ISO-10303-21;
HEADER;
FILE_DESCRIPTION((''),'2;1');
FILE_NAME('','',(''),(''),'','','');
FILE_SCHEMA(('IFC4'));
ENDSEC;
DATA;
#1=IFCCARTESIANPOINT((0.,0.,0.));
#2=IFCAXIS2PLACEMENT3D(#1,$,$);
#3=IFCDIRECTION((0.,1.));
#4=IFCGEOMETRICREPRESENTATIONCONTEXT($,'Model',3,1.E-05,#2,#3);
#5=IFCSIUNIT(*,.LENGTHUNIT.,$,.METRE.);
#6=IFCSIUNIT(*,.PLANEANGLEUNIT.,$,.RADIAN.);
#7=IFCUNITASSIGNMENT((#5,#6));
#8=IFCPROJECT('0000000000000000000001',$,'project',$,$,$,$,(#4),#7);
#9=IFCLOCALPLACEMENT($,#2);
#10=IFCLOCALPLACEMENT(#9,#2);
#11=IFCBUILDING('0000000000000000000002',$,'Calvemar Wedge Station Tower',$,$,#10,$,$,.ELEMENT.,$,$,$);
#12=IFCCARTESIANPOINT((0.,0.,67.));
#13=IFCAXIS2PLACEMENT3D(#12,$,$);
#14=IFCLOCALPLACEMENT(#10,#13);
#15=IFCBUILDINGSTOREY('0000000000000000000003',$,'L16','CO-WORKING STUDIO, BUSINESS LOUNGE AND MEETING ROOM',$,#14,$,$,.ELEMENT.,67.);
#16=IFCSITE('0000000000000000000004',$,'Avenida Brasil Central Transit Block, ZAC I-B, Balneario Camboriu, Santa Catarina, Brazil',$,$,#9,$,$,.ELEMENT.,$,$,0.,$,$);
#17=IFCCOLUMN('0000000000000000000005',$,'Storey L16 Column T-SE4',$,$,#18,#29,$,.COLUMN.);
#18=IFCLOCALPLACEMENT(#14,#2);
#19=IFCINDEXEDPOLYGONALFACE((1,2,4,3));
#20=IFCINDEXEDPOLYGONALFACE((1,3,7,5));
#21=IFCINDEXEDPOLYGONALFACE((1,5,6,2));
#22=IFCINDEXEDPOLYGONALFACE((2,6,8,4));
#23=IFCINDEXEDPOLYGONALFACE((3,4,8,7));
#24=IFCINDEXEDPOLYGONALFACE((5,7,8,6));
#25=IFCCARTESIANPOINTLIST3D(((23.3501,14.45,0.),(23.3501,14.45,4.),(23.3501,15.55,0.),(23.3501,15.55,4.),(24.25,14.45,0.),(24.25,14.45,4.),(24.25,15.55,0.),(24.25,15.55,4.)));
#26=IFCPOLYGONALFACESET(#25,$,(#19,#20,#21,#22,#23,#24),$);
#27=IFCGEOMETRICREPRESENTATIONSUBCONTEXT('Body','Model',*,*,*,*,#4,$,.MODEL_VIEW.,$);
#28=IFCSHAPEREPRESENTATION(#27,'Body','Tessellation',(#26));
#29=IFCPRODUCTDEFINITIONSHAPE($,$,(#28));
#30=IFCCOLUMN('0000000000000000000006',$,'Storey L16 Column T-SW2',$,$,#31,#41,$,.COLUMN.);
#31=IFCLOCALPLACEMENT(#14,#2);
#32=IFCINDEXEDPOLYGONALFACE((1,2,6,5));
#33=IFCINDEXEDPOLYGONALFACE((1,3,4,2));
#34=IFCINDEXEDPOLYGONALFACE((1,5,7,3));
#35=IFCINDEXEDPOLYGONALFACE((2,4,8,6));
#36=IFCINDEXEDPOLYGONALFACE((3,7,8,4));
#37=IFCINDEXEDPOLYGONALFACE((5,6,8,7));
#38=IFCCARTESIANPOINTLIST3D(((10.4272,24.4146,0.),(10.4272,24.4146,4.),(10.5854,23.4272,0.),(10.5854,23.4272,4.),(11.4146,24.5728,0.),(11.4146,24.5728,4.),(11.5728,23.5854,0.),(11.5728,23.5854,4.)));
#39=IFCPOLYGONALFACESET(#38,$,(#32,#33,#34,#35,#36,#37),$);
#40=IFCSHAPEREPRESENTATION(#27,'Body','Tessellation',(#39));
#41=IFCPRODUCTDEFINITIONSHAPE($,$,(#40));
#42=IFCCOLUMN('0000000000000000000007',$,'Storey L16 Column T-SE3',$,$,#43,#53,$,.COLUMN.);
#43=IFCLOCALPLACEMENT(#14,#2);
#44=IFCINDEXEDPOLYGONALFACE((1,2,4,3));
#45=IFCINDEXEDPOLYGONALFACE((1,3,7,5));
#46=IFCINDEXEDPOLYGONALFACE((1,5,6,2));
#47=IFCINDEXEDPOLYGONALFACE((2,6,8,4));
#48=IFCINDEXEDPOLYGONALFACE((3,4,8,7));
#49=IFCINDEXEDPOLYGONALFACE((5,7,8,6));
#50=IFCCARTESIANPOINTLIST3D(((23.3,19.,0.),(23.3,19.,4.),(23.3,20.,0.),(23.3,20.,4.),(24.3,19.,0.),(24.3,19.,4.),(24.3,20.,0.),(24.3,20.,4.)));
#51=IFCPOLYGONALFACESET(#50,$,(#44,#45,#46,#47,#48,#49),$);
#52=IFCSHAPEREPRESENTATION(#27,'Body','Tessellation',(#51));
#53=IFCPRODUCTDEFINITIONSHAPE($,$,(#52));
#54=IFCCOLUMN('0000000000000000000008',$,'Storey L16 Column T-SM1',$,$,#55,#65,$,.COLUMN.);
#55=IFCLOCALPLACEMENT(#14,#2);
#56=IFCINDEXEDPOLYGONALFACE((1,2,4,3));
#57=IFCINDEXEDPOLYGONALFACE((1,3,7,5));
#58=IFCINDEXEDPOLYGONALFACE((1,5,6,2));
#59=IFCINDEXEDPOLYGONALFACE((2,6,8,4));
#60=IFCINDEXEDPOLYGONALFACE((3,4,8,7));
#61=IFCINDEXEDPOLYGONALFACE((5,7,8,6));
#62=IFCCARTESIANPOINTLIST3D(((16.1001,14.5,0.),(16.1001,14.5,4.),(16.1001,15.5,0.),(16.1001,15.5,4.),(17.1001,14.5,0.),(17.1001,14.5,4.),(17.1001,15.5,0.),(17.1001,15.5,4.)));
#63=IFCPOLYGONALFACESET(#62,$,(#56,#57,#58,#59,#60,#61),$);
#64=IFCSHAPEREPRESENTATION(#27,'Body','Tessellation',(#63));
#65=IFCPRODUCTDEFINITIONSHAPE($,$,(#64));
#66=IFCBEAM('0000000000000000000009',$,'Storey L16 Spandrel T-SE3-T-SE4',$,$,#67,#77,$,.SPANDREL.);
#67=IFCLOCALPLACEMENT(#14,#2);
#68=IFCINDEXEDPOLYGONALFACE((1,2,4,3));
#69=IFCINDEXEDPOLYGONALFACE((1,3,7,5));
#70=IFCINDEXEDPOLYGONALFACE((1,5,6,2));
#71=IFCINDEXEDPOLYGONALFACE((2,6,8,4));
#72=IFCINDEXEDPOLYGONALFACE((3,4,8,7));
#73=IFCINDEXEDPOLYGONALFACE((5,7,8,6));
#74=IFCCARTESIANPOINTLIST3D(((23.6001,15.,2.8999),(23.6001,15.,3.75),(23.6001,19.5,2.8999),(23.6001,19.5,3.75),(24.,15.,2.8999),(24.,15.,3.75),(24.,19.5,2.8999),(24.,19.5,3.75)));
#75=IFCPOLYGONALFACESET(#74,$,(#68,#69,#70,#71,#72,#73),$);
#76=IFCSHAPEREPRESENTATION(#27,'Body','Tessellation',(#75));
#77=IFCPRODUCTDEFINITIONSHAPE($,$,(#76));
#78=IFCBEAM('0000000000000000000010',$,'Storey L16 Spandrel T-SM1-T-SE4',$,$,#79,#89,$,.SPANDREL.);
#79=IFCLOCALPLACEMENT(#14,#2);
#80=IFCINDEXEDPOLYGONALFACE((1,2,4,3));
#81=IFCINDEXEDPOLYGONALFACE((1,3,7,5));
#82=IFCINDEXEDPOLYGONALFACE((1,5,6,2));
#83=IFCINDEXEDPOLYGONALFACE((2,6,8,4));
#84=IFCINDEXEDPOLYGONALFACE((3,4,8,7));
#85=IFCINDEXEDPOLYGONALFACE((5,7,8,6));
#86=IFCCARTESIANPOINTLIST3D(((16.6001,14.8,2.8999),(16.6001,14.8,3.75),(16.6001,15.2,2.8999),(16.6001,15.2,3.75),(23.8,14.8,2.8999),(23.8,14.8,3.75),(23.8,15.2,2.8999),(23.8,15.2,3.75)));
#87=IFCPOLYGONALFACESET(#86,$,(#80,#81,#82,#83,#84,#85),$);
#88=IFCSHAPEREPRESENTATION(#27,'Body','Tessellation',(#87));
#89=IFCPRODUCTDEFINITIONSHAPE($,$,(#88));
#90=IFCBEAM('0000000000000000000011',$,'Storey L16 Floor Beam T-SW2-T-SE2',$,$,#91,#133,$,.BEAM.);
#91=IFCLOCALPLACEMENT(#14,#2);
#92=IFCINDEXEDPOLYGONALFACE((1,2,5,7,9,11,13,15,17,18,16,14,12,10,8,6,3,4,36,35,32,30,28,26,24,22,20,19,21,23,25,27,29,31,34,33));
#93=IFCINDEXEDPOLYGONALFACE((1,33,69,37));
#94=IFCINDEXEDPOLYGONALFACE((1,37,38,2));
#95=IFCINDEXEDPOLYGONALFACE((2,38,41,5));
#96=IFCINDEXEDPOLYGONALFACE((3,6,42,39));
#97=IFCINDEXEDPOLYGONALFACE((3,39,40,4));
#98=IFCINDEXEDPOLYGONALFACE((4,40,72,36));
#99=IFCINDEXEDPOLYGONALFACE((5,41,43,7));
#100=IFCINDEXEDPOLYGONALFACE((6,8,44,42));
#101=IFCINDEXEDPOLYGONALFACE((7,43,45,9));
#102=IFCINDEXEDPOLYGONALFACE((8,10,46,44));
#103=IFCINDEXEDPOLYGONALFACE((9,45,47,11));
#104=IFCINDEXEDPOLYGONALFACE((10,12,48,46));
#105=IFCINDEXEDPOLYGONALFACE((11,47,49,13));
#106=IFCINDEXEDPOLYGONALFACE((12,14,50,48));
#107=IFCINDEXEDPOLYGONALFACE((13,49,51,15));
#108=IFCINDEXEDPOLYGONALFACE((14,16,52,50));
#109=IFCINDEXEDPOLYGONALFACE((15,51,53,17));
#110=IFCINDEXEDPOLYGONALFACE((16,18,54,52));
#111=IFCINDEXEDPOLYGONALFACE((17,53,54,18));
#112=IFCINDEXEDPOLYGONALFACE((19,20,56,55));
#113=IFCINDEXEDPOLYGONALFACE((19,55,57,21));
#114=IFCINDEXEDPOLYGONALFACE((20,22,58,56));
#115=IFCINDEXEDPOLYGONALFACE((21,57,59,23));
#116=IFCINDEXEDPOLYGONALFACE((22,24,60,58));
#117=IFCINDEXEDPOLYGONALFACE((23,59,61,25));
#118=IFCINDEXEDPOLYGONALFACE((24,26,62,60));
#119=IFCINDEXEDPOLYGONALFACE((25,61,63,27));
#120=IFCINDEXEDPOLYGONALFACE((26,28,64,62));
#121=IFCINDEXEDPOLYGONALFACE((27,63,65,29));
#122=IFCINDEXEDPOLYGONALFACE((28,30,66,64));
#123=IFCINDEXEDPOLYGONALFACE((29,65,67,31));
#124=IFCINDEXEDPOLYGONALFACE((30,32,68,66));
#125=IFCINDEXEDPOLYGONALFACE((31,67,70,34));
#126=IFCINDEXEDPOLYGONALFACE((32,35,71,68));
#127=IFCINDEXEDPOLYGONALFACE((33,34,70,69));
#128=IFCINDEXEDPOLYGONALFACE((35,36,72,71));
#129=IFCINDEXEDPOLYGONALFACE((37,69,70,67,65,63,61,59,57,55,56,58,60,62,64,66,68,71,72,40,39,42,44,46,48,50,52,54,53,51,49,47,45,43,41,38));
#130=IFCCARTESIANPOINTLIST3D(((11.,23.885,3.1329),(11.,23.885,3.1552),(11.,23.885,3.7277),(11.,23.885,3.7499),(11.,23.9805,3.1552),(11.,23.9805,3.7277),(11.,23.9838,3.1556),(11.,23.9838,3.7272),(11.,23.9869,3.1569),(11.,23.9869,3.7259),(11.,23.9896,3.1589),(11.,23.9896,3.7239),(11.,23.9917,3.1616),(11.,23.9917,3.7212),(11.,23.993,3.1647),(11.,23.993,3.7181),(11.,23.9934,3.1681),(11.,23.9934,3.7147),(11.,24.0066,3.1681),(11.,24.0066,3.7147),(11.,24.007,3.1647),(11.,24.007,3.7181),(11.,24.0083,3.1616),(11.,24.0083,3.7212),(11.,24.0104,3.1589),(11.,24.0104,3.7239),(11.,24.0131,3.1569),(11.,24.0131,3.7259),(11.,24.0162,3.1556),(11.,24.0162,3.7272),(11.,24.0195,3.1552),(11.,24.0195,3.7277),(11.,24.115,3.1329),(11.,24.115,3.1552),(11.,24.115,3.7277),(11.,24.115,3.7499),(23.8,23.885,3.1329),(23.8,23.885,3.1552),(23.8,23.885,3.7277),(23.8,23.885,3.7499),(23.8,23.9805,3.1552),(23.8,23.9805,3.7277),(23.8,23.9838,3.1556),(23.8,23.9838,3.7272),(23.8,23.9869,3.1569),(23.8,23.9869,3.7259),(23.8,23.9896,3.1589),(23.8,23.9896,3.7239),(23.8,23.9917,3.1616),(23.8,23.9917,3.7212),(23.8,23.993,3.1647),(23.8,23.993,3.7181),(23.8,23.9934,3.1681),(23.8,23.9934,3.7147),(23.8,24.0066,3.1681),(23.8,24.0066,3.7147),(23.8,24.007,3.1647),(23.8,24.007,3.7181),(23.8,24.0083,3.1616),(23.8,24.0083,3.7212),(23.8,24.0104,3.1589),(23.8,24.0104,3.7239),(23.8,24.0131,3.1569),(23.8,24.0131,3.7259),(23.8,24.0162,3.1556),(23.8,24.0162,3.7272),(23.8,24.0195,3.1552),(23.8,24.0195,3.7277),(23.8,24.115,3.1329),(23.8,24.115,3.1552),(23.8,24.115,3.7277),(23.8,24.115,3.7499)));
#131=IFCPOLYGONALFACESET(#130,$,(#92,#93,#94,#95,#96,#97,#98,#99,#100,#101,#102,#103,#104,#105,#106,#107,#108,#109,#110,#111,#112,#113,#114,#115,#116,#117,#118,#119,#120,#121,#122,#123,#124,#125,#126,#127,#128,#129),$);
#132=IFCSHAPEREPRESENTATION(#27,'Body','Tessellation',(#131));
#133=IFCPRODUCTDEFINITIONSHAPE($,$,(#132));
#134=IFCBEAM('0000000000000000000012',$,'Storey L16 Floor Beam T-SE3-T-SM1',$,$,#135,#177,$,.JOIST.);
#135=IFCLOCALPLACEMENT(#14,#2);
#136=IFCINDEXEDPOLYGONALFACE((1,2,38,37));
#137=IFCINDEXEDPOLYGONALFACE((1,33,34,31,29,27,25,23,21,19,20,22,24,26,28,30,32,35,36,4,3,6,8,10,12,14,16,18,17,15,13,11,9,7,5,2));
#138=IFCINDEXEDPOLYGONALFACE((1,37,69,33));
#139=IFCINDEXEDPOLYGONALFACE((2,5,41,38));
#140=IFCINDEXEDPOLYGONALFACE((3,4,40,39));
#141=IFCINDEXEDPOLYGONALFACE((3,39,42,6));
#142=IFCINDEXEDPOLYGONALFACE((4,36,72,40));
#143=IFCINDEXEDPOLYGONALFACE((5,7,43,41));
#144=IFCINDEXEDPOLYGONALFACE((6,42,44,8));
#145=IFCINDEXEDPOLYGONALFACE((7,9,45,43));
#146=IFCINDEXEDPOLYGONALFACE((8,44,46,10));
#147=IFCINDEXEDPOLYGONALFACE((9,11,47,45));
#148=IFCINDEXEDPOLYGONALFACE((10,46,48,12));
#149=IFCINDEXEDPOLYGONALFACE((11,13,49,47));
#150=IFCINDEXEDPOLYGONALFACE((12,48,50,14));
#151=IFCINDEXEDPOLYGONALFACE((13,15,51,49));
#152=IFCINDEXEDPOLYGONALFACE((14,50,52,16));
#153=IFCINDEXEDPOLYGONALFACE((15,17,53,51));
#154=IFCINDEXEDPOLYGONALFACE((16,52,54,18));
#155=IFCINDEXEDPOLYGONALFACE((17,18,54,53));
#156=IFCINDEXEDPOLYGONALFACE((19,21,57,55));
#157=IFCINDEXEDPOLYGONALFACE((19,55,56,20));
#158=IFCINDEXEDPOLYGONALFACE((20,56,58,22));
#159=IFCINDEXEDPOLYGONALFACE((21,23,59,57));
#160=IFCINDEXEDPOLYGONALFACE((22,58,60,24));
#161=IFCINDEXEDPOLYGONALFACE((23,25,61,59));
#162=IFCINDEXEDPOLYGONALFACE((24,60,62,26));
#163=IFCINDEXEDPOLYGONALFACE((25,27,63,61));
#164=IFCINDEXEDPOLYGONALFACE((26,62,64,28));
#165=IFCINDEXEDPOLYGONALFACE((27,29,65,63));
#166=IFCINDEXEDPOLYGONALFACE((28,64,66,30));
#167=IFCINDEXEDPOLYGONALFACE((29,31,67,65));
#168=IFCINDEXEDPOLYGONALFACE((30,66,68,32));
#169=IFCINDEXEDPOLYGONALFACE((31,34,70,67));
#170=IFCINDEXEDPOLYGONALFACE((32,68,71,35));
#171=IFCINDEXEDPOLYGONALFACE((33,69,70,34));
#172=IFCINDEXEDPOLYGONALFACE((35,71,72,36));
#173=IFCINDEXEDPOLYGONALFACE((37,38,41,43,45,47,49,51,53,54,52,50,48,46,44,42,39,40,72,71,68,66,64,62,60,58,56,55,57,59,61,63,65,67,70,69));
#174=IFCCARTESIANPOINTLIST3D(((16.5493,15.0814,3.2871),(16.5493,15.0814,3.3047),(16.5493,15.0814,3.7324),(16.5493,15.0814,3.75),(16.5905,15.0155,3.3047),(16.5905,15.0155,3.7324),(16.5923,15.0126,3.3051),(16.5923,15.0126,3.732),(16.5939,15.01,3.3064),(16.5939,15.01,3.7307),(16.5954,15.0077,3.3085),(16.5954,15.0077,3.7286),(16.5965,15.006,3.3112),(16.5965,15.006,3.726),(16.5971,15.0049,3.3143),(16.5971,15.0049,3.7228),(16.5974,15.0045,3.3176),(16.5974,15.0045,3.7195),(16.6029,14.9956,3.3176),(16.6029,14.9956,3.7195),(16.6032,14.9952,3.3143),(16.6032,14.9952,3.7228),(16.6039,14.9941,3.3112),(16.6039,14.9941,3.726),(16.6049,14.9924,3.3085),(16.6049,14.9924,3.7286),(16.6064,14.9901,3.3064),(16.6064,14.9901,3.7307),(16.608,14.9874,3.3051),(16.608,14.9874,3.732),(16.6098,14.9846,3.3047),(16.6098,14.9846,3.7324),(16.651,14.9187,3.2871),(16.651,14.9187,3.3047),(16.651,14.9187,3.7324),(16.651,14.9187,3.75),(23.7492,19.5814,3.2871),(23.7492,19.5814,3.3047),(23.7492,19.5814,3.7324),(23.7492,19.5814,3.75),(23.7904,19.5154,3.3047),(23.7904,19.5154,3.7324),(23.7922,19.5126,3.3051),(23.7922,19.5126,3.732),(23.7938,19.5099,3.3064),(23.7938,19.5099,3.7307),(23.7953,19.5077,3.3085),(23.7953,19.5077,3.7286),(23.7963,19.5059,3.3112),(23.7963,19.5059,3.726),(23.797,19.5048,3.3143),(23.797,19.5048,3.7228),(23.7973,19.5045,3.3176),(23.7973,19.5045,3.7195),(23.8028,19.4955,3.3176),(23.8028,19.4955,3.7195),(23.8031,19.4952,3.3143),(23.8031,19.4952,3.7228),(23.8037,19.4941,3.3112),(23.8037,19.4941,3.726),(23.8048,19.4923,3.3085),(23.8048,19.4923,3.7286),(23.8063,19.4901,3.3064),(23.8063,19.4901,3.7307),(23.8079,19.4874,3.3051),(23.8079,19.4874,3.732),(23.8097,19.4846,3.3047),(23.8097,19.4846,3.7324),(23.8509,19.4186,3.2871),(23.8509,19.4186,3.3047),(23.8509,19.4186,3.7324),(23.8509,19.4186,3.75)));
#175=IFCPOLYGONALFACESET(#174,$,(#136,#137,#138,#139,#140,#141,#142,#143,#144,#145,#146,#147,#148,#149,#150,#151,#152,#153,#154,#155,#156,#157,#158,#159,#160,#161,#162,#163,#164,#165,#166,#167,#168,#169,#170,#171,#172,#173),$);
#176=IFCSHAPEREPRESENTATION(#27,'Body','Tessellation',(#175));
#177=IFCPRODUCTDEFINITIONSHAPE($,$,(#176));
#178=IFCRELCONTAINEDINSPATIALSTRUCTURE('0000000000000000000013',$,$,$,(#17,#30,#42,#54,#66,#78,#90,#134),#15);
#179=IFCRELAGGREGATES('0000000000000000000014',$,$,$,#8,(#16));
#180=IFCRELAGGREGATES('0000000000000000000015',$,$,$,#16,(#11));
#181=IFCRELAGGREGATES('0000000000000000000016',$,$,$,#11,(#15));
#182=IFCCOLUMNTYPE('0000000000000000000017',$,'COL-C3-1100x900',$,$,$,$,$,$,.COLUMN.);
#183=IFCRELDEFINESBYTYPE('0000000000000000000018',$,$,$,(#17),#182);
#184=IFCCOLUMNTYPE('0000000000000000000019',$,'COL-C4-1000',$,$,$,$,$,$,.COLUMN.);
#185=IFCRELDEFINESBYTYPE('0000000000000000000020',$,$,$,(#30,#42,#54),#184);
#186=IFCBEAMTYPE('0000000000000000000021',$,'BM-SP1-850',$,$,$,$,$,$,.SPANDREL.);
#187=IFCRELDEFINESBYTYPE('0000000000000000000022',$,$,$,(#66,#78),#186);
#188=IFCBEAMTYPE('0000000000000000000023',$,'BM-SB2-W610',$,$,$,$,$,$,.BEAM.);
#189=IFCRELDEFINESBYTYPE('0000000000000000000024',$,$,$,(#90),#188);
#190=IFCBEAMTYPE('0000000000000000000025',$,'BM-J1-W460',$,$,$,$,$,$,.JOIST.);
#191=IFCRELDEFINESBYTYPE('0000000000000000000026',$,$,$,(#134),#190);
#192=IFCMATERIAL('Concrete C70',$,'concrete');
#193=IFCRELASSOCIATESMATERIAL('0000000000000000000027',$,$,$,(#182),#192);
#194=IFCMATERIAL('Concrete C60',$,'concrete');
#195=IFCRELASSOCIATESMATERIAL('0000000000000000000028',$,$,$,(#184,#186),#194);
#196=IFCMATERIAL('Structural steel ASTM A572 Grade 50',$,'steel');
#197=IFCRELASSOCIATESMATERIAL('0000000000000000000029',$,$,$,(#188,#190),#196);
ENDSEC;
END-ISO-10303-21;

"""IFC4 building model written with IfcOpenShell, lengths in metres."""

from ifc_helpers import new_model, si_unit, direction, frame, origin, origin_2d, place, context, subcontext, project, spatial, rectangle, i_section, extrude, source, transform, mapped, material, material_profile, profile_set, type_object, element, save


model = new_model("IFC4")

# Units and contexts
model_context = context("Model", 3, precision=1e-05, world=origin(), true_north=direction((0.0, 1.0)))
body_context = subcontext(model_context, "Body", "Model", "MODEL_VIEW")
ifc_project = project(units=[si_unit("LENGTHUNIT", "METRE"), si_unit("PLANEANGLEUNIT", "RADIAN")], contexts=[model_context])

# Site, building, storey
site_placement = place(None, origin())
site = spatial("IfcSite", under=ifc_project, at=site_placement, Name="Avenida Brasil Central Transit Block, ZAC I-B, Balneario Camboriu, Santa Catarina, Brazil", CompositionType="ELEMENT", RefElevation=0.0)
building_placement = place(site_placement, origin())
building = spatial("IfcBuilding", under=site, at=building_placement, Name="Calvemar Wedge Station Tower", CompositionType="ELEMENT")
storey_placement = place(building_placement, frame((0.0, 0.0, 67.0)))
storey = spatial("IfcBuildingStorey", under=building, at=storey_placement, Name="L16", Description="CO-WORKING STUDIO, BUSINESS LOUNGE AND MEETING ROOM", CompositionType="ELEMENT", Elevation=67.0)

# Columns
ifc_material_1 = material(Name="Concrete C70", Category="concrete")
ifc_material_profile_1 = material_profile(ifc_material_1, rectangle(XDim=0.8999, YDim=1.1001, at=origin_2d()), Name="RC1100x900")
ifc_profile_set_1 = profile_set([ifc_material_profile_1], Name="Concrete C70")
column_type_1 = type_object("IfcColumnType", Name="COL-C3-1100x900", PredefinedType="COLUMN", material=ifc_profile_set_1)
shared_shape_1 = source(origin(), body_context, "Body", "SweptSolid", [
    extrude(rectangle(XDim=0.8999, YDim=1.1001, at=origin_2d()), origin(), (0.0, 0.0, 1.0), 4.0),
])
column_placement = place(storey_placement, frame((23.8, 15.0, 0.0), z_axis=(0.0, 0.0, 1.0), x_axis=(1.0, 0.0, 0.0)))
element("IfcColumn", 1, at=column_placement, inside=storey, type_object=column_type_1, Name="Storey L16 Column T-SE4", PredefinedType="COLUMN", context=body_context, shape_type="MappedRepresentation", body=[
    mapped(shared_shape_1, transform((0.0, 0.0, 0.0), scale=1.0)),
])
ifc_material_2 = material(Name="Concrete C60", Category="concrete")
ifc_material_profile_2 = material_profile(ifc_material_2, rectangle(XDim=1.0, YDim=1.0, at=origin_2d()), Name="RC1000x1000")
ifc_profile_set_2 = profile_set([ifc_material_profile_2], Name="Concrete C60")
column_type_2 = type_object("IfcColumnType", Name="COL-C4-1000", PredefinedType="COLUMN", material=ifc_profile_set_2)
shared_shape_2 = source(origin(), body_context, "Body", "SweptSolid", [
    extrude(rectangle(XDim=1.0, YDim=1.0, at=origin_2d()), origin(), (0.0, 0.0, 1.0), 4.0),
])
for number, where, z_axis, x_axis, name in (
    (2, (11.0, 24.0, 0.0), (0.0, 0.0, 1.0), (0.158158, -0.987414, 0.0), "Storey L16 Column T-SW2"),
    (3, (23.8, 19.5, 0.0), (0.0, 0.0, 1.0), (1.0, 0.0, 0.0), "Storey L16 Column T-SE3"),
    (4, (16.6001, 15.0, 0.0), (0.0, 0.0, 1.0), (1.0, 0.0, 0.0), "Storey L16 Column T-SM1"),
):
    element("IfcColumn", number, at=place(storey_placement, frame(where, z_axis=z_axis, x_axis=x_axis)), inside=storey, type_object=column_type_2, Name=name, PredefinedType="COLUMN", context=body_context, shape_type="MappedRepresentation", body=[
        mapped(shared_shape_2, transform((0.0, 0.0, 0.0), scale=1.0)),
    ])

# Beams
ifc_material_profile_3 = material_profile(ifc_material_2, rectangle(XDim=0.3999, YDim=0.8501, at=origin_2d()), Name="RC400x850")
ifc_profile_set_3 = profile_set([ifc_material_profile_3], Name="Concrete C60")
beam_type_1 = type_object("IfcBeamType", Name="BM-SP1-850", PredefinedType="SPANDREL", material=ifc_profile_set_3)
shared_shape_3 = source(origin(), body_context, "Body", "SweptSolid", [
    extrude(rectangle(XDim=0.3999, YDim=0.8501, at=origin_2d()), origin(), (0.0, 0.0, 1.0), 4.5),
])
beam_1_placement = place(storey_placement, frame((23.8, 19.5, 3.325), z_axis=(0.0, -1.0, 0.0), x_axis=(1.0, 0.0, 0.0)))
element("IfcBeam", 5, at=beam_1_placement, inside=storey, type_object=beam_type_1, Name="Storey L16 Spandrel T-SE3-T-SE4", PredefinedType="SPANDREL", context=body_context, shape_type="MappedRepresentation", body=[
    mapped(shared_shape_3, transform((0.0, 0.0, 0.0), scale=1.0)),
])
shared_shape_4 = source(origin(), body_context, "Body", "SweptSolid", [
    extrude(rectangle(XDim=0.3999, YDim=0.8501, at=origin_2d()), origin(), (0.0, 0.0, 1.0), 7.2),
])
beam_2_placement = place(storey_placement, frame((16.6001, 15.0, 3.325), z_axis=(1.0, 0.0, 0.0), x_axis=(0.0, 1.0, 0.0)))
element("IfcBeam", 6, at=beam_2_placement, inside=storey, type_object=beam_type_1, Name="Storey L16 Spandrel T-SM1-T-SE4", PredefinedType="SPANDREL", context=body_context, shape_type="MappedRepresentation", body=[
    mapped(shared_shape_4, transform((0.0, 0.0, 0.0), scale=1.0)),
])
ifc_material_3 = material(Name="Structural steel ASTM A572 Grade 50", Category="steel")
ifc_material_profile_4 = material_profile(ifc_material_3, i_section(OverallWidth=0.23, OverallDepth=0.6169, WebThickness=0.0132, FlangeThickness=0.0222, FilletRadius=0.0129, at=origin_2d()), Name="W610x140")
ifc_profile_set_4 = profile_set([ifc_material_profile_4], Name="Structural steel ASTM A572 Grade 50")
beam_type_2 = type_object("IfcBeamType", Name="BM-SB2-W610", PredefinedType="BEAM", material=ifc_profile_set_4)
shared_shape_5 = source(origin(), body_context, "Body", "SweptSolid", [
    extrude(i_section(OverallWidth=0.23, OverallDepth=0.6169, WebThickness=0.0132, FlangeThickness=0.0222, FilletRadius=0.0129, at=origin_2d()), origin(), (0.0, 0.0, 1.0), 12.8),
])
beam_3_placement = place(storey_placement, frame((11.0, 24.0, 3.4414), z_axis=(1.0, 0.0, 0.0), x_axis=(0.0, 1.0, 0.0)))
element("IfcBeam", 7, at=beam_3_placement, inside=storey, type_object=beam_type_2, Name="Storey L16 Floor Beam T-SW2-T-SE2", PredefinedType="BEAM", context=body_context, shape_type="MappedRepresentation", body=[
    mapped(shared_shape_5, transform((0.0, 0.0, 0.0), scale=1.0)),
])
ifc_material_profile_5 = material_profile(ifc_material_3, i_section(OverallWidth=0.1919, OverallDepth=0.4629, WebThickness=0.0105, FlangeThickness=0.0176, FilletRadius=0.0129, at=origin_2d()), Name="W460x89")
ifc_profile_set_5 = profile_set([ifc_material_profile_5], Name="Structural steel ASTM A572 Grade 50")
beam_type_3 = type_object("IfcBeamType", Name="BM-J1-W460", PredefinedType="JOIST", material=ifc_profile_set_5)
shared_shape_6 = source(origin(), body_context, "Body", "SweptSolid", [
    extrude(i_section(OverallWidth=0.1919, OverallDepth=0.4629, WebThickness=0.0105, FlangeThickness=0.0176, FilletRadius=0.0129, at=origin_2d()), origin(), (0.0, 0.0, 1.0), 8.4905),
])
beam_4_placement = place(storey_placement, frame((23.8, 19.5, 3.5186), z_axis=(-0.847997, -0.530002, 0.0), x_axis=(0.530002, -0.847997, 0.0)))
element("IfcBeam", 8, at=beam_4_placement, inside=storey, type_object=beam_type_3, Name="Storey L16 Floor Beam T-SE3-T-SM1", PredefinedType="JOIST", context=body_context, shape_type="MappedRepresentation", body=[
    mapped(shared_shape_6, transform((0.0, 0.0, 0.0), scale=1.0)),
])

save(model, "model.ifc")
